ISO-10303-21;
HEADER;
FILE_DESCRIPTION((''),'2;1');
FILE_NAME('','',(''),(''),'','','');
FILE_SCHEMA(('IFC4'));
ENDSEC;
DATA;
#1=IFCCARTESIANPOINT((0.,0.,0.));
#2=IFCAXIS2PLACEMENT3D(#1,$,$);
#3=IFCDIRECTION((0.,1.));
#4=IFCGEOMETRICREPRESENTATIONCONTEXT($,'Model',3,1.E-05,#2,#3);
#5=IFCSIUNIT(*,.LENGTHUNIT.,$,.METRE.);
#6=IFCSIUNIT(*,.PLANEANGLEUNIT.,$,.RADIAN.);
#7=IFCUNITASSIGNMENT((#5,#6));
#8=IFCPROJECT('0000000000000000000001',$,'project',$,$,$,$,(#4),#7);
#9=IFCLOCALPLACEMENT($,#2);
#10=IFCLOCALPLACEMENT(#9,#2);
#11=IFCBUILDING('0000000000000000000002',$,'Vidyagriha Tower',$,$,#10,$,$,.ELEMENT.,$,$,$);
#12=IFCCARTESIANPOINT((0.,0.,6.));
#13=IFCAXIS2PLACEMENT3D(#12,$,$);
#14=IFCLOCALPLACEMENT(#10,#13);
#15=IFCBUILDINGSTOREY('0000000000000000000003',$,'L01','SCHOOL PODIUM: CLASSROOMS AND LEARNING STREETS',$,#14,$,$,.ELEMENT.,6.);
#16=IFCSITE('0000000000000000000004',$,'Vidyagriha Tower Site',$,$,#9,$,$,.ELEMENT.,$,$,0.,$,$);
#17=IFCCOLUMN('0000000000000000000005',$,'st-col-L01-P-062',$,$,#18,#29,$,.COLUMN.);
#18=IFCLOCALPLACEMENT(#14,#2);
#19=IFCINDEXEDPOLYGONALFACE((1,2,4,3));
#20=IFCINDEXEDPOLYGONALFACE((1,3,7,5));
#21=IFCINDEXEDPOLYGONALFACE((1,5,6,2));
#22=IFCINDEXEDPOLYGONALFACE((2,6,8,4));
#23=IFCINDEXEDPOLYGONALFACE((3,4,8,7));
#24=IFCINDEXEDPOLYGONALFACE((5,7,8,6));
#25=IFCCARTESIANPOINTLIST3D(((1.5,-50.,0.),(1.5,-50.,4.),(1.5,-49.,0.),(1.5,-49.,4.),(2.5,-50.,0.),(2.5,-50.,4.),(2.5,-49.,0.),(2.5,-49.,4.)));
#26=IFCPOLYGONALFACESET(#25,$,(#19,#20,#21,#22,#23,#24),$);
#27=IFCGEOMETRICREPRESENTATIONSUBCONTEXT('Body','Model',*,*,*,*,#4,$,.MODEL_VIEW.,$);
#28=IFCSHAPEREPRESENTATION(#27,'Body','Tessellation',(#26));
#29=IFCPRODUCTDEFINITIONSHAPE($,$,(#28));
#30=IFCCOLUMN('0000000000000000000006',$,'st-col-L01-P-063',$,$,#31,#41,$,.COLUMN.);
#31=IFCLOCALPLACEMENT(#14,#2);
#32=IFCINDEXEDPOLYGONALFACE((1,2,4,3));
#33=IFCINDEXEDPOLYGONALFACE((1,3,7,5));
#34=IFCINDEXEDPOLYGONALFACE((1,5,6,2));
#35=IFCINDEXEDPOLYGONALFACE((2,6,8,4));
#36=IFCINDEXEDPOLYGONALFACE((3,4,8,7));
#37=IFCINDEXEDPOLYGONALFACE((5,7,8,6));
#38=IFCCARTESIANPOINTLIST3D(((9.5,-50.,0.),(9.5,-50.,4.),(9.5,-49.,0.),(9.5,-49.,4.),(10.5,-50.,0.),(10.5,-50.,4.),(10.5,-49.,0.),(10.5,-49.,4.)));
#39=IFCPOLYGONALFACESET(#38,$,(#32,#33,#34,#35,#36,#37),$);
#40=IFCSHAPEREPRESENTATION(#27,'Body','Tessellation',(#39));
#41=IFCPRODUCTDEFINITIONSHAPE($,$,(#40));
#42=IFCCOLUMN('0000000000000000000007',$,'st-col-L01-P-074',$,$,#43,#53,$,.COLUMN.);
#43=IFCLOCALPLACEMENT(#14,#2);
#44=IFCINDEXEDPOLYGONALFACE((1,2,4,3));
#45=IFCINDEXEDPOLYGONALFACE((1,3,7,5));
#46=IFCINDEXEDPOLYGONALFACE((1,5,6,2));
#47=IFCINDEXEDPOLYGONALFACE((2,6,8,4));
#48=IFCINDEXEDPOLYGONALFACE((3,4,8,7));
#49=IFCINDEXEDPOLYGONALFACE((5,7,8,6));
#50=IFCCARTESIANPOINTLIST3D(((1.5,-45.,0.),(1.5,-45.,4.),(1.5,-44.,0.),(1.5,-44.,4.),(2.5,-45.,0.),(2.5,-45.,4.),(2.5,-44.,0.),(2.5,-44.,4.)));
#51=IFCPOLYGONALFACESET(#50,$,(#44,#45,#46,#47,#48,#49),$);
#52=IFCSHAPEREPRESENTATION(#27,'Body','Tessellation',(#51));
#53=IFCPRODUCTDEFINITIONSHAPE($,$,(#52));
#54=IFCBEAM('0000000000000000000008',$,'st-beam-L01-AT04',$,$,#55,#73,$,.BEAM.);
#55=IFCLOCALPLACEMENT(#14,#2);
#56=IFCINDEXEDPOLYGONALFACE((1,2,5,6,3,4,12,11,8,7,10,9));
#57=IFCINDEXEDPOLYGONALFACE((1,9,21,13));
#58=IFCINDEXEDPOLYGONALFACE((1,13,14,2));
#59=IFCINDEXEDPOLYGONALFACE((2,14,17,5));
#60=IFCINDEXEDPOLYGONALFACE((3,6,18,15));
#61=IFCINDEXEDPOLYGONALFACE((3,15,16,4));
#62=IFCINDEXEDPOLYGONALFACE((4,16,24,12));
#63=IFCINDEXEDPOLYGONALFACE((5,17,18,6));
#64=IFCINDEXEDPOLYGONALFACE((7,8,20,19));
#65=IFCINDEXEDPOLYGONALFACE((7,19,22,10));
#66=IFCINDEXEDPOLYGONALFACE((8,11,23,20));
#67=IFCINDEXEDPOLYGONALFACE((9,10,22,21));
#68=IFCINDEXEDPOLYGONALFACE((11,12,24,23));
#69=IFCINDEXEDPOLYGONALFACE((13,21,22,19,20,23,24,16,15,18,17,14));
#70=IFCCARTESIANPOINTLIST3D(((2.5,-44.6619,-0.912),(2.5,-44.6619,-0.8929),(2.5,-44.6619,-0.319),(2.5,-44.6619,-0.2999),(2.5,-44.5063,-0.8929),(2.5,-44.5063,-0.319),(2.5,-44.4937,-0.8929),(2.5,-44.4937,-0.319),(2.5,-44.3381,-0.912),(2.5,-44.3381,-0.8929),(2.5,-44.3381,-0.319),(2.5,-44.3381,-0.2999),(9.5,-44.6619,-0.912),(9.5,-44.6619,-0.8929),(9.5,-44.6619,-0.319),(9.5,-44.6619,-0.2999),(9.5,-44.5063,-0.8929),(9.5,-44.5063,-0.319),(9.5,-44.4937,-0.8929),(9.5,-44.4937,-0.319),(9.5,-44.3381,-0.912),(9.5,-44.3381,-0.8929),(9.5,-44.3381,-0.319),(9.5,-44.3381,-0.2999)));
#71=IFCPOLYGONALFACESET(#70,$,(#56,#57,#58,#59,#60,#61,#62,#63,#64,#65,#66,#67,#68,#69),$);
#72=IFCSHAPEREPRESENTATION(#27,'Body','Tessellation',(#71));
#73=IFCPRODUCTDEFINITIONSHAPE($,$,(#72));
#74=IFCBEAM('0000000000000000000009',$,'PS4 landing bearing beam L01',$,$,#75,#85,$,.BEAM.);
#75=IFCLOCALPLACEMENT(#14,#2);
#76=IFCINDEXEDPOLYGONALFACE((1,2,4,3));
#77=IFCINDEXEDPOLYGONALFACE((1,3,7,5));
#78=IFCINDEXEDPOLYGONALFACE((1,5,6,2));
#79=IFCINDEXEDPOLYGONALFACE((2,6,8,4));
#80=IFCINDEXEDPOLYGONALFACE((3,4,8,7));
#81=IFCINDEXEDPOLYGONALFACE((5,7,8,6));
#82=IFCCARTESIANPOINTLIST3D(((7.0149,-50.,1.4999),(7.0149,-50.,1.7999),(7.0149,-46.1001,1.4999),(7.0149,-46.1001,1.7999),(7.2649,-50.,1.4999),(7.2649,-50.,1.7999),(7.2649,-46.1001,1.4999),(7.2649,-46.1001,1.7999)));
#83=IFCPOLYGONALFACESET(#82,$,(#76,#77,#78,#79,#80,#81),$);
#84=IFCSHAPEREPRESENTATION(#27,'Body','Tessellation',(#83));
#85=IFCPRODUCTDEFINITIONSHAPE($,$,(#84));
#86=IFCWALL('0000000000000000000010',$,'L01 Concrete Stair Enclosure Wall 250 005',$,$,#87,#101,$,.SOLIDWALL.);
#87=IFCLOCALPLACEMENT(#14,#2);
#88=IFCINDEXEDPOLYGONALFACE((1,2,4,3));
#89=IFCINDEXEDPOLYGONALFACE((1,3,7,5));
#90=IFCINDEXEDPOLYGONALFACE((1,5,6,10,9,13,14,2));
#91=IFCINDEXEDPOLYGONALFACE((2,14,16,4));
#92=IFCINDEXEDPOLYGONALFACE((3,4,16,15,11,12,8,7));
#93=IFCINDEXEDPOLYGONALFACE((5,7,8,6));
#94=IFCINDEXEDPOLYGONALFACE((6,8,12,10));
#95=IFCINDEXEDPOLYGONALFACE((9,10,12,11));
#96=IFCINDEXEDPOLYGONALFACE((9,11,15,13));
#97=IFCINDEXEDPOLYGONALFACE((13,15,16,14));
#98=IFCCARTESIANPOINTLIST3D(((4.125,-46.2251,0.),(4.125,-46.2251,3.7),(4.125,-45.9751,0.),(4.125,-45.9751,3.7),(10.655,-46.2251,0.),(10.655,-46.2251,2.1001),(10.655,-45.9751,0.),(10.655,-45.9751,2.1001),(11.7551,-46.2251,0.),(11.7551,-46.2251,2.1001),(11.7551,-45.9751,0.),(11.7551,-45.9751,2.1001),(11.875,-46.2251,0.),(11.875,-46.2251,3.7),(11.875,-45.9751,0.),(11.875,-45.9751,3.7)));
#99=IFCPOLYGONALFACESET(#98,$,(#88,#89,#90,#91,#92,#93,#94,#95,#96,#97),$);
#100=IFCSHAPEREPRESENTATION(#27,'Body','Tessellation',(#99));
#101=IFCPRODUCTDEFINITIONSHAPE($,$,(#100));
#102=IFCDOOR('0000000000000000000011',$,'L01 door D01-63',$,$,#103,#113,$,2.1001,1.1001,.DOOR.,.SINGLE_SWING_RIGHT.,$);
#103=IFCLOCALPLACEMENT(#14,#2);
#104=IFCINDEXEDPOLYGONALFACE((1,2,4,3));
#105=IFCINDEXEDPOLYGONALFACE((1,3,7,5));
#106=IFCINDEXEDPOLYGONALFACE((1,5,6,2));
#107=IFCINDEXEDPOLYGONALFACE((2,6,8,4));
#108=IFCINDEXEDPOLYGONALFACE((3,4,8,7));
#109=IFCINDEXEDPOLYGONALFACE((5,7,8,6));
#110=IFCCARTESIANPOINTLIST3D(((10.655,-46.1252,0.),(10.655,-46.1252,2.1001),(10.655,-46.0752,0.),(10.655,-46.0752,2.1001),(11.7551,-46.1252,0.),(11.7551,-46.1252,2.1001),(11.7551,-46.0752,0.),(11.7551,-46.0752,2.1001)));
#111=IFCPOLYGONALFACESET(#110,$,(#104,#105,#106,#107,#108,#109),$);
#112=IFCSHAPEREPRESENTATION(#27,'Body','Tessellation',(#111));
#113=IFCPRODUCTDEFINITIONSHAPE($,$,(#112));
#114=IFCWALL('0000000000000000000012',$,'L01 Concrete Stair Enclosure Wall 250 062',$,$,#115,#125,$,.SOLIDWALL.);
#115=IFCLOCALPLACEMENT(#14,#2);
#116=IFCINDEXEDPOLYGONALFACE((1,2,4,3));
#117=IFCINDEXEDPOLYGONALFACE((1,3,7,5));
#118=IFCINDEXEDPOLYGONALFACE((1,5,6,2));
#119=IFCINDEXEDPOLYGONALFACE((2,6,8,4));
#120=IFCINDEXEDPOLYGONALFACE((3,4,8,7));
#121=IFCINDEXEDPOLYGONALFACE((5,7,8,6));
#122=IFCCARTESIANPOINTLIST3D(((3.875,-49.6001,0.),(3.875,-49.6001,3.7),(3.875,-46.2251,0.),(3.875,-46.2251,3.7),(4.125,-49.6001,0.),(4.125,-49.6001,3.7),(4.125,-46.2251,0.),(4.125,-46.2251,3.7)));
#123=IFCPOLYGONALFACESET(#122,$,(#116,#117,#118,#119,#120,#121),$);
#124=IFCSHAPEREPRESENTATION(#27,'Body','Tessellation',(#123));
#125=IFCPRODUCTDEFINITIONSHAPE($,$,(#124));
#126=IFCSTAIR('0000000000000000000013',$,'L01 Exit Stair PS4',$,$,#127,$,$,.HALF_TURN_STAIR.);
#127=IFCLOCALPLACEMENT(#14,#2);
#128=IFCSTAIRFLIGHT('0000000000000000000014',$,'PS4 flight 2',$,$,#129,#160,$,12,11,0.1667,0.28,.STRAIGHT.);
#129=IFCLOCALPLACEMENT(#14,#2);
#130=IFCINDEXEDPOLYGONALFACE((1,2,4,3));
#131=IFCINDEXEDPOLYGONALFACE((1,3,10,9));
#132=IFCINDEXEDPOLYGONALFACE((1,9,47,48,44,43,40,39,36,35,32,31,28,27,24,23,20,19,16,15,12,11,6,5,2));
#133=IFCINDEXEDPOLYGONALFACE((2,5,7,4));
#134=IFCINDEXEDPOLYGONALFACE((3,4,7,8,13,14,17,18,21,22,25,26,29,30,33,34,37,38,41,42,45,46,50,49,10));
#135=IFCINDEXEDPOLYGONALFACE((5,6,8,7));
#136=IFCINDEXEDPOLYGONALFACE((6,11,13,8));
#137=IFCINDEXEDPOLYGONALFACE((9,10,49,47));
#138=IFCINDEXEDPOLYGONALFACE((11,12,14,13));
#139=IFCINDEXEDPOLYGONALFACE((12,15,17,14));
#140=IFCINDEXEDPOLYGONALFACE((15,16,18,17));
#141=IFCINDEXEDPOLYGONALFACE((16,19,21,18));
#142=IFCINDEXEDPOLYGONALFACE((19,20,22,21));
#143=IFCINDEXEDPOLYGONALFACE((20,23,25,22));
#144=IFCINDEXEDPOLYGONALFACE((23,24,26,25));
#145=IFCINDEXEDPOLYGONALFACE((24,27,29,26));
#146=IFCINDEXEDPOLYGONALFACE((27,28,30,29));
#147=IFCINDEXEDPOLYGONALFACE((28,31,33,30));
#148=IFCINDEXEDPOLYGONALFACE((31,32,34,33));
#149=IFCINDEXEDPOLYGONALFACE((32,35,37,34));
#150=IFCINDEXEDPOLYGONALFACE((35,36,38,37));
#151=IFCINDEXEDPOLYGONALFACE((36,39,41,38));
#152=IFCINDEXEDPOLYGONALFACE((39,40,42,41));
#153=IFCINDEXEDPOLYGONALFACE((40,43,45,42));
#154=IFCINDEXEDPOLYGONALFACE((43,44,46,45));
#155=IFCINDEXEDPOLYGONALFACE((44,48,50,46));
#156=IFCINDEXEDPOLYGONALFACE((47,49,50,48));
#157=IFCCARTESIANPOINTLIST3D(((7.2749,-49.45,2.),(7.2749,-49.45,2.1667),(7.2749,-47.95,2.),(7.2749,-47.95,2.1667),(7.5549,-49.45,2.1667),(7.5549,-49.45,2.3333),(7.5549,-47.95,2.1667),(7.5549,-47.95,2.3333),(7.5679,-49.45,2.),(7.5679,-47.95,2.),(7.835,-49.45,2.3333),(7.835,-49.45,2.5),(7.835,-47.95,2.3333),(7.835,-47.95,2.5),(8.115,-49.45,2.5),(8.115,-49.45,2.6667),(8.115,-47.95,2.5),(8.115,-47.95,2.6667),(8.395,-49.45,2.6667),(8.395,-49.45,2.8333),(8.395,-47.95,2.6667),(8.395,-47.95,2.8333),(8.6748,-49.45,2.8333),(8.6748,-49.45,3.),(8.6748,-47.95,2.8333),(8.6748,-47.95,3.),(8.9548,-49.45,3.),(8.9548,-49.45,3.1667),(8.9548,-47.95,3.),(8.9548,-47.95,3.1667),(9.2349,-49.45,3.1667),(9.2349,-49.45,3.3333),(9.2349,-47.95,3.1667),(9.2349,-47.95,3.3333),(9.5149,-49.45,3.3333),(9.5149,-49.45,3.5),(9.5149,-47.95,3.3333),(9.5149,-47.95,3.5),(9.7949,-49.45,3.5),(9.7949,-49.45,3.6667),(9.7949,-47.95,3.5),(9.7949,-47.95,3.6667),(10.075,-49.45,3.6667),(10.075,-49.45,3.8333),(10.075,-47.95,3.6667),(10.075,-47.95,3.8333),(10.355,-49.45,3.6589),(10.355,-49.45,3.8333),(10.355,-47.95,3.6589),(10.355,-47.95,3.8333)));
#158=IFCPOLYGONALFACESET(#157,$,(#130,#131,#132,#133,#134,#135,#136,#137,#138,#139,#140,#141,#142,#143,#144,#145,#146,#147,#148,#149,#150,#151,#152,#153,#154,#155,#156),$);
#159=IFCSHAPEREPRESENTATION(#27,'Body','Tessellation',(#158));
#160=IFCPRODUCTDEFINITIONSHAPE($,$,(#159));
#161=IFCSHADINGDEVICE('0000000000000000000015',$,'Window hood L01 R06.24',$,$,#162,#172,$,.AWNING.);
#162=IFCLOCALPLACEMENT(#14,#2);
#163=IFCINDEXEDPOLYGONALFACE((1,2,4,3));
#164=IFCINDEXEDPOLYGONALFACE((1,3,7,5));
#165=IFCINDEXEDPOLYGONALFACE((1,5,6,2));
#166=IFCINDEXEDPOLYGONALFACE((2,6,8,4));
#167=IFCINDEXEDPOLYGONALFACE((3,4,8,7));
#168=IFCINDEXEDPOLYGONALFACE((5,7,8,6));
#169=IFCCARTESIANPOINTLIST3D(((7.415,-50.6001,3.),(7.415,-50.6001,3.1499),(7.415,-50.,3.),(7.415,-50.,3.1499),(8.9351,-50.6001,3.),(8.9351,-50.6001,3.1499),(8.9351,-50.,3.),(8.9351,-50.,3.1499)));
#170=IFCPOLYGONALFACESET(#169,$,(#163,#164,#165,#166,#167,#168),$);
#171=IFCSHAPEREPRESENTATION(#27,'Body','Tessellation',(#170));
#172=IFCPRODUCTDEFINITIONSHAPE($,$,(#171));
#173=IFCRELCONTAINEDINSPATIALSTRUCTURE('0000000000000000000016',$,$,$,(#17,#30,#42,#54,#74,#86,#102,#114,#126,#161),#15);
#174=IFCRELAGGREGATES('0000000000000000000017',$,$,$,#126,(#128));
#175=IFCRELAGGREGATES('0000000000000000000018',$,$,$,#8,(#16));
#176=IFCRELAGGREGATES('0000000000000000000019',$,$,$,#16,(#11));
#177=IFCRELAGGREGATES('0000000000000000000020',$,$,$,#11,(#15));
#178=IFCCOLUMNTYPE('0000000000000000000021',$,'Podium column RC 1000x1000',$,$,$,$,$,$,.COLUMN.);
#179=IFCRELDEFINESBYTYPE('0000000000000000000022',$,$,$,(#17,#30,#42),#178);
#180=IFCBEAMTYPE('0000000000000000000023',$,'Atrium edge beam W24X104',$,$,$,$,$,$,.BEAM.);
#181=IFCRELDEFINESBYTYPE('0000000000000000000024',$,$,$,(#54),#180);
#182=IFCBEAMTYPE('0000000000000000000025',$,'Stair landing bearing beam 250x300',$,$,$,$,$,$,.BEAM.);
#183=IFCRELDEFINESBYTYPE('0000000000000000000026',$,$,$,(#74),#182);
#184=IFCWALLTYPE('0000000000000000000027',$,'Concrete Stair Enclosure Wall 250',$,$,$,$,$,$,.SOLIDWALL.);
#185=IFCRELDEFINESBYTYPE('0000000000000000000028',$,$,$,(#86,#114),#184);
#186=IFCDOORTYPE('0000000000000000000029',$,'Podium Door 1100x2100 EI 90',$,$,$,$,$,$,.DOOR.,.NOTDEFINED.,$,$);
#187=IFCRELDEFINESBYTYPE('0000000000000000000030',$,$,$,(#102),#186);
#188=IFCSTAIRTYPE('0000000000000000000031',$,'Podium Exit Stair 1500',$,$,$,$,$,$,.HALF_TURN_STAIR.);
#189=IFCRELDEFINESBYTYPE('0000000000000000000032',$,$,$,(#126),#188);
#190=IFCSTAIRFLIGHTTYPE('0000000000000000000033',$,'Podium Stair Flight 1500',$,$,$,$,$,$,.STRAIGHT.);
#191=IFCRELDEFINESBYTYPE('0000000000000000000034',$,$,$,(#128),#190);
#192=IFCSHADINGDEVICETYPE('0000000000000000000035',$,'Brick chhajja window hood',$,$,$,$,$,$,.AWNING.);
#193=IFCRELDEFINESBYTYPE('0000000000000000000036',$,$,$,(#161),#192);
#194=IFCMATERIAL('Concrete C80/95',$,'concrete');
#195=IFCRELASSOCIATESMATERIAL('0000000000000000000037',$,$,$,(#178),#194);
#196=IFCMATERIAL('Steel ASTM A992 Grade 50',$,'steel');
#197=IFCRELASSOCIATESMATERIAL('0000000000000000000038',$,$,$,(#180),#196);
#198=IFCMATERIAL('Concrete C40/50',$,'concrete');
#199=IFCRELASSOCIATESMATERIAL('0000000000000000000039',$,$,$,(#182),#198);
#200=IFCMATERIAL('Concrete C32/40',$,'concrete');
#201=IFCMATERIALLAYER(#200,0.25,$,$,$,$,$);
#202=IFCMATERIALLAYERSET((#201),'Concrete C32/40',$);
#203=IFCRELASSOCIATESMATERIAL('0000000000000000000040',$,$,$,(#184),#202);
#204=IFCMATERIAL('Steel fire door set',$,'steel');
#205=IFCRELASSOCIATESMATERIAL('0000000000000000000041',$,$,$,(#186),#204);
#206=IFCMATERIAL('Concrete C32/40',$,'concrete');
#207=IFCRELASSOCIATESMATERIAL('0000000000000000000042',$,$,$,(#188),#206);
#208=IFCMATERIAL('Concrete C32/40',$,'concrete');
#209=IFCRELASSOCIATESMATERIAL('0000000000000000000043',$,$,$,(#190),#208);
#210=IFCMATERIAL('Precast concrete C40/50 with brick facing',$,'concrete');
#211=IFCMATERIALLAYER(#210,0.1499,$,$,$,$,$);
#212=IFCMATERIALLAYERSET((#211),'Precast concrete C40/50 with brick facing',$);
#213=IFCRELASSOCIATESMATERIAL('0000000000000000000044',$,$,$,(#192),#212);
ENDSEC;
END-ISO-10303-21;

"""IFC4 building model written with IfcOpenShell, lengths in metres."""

from ifc_helpers import new_model, si_unit, direction, frame, frame_2d, origin, origin_2d, place, context, subcontext, project, spatial, polyline, rectangle, i_section, outline, extrude, material, layer, layer_set, material_profile, profile_set, type_object, element, fill, aggregate, save


model = new_model("IFC4")

# Units and contexts
model_context = context("Model", 3, precision=1e-05, world=origin(), true_north=direction((0.0, 1.0)))
body_context = subcontext(model_context, "Body", "Model", "MODEL_VIEW")
ifc_project = project(units=[si_unit("LENGTHUNIT", "METRE"), si_unit("PLANEANGLEUNIT", "RADIAN")], contexts=[model_context])

# Site, building, storey
site_placement = place(None, origin())
site = spatial("IfcSite", under=ifc_project, at=site_placement, Name="Vidyagriha Tower Site", CompositionType="ELEMENT", RefElevation=0.0)
building_placement = place(site_placement, origin())
building = spatial("IfcBuilding", under=site, at=building_placement, Name="Vidyagriha Tower", CompositionType="ELEMENT")
storey_placement = place(building_placement, frame((0.0, 0.0, 6.0)))
storey = spatial("IfcBuildingStorey", under=building, at=storey_placement, Name="L01", Description="SCHOOL PODIUM: CLASSROOMS AND LEARNING STREETS", CompositionType="ELEMENT", Elevation=6.0)

# Columns
ifc_material_1 = material(Name="Concrete C80/95", Category="concrete")
ifc_material_profile_1 = material_profile(ifc_material_1, rectangle(XDim=1.0, YDim=1.0, at=origin_2d()), Name="RC 1000x1000")
ifc_profile_set_1 = profile_set([ifc_material_profile_1], Name="Concrete C80/95")
column_type = type_object("IfcColumnType", Name="Podium column RC 1000x1000", PredefinedType="COLUMN", material=ifc_profile_set_1)
for number, where, name in (
    (1, (2.0, -49.5, 0.0), "st-col-L01-P-062"),
    (2, (10.0, -49.5, 0.0), "st-col-L01-P-063"),
    (3, (2.0, -44.5, 0.0), "st-col-L01-P-074"),
):
    element("IfcColumn", number, at=place(storey_placement, frame(where)), inside=storey, type_object=column_type, Name=name, PredefinedType="COLUMN", context=body_context, shape_type="SweptSolid", body=[
        extrude(rectangle(XDim=1.0, YDim=1.0, at=origin_2d()), origin(), (0.0, 0.0, 1.0), 4.0),
    ])

# Beams
ifc_material_2 = material(Name="Steel ASTM A992 Grade 50", Category="steel")
ifc_material_profile_2 = material_profile(ifc_material_2, i_section(OverallWidth=0.3237, OverallDepth=0.6121, WebThickness=0.0127, FlangeThickness=0.019, at=origin_2d()), Name="W24X104")
ifc_profile_set_2 = profile_set([ifc_material_profile_2], Name="Steel ASTM A992 Grade 50")
beam_type_1 = type_object("IfcBeamType", Name="Atrium edge beam W24X104", PredefinedType="BEAM", material=ifc_profile_set_2)
beam_1_placement = place(storey_placement, frame((2.5, -44.5, -0.606), z_axis=(1.0, 0.0, 0.0), x_axis=(0.0, 1.0, 0.0)))
element("IfcBeam", 4, at=beam_1_placement, inside=storey, type_object=beam_type_1, Name="st-beam-L01-AT04", PredefinedType="BEAM", context=body_context, shape_type="SweptSolid", body=[
    extrude(i_section(OverallWidth=0.3237, OverallDepth=0.6121, WebThickness=0.0127, FlangeThickness=0.019, at=origin_2d()), origin(), (0.0, 0.0, 1.0), 7.0),
])
ifc_material_3 = material(Name="Concrete C40/50", Category="concrete")
ifc_material_profile_3 = material_profile(ifc_material_3, rectangle(XDim=0.25, YDim=0.3, at=origin_2d()), Name="Stair landing bearing beam 250x300")
ifc_profile_set_3 = profile_set([ifc_material_profile_3], Name="Concrete C40/50")
beam_type_2 = type_object("IfcBeamType", Name="Stair landing bearing beam 250x300", PredefinedType="BEAM", material=ifc_profile_set_3)
beam_2_placement = place(storey_placement, frame((7.1399, -50.0, 1.6499), z_axis=(0.0, 1.0, 0.0), x_axis=(-1.0, 0.0, 0.0)))
element("IfcBeam", 5, at=beam_2_placement, inside=storey, type_object=beam_type_2, Name="PS4 landing bearing beam L01", PredefinedType="BEAM", context=body_context, shape_type="SweptSolid", body=[
    extrude(rectangle(XDim=0.25, YDim=0.3, at=origin_2d()), origin(), (0.0, 0.0, 1.0), 3.8999),
])

# Wall, opening, door
ifc_material_4 = material(Name="Concrete C32/40", Category="concrete")
ifc_layer_1 = layer(ifc_material_4, 0.25)
ifc_layer_set_1 = layer_set([ifc_layer_1], Name="Concrete C32/40")
wall_type = type_object("IfcWallType", Name="Concrete Stair Enclosure Wall 250", PredefinedType="SOLIDWALL", material=ifc_layer_set_1)
wall_1_placement = place(storey_placement, frame((4.125, -46.1001, 0.0)))
wall_1 = element("IfcWall", 6, at=wall_1_placement, inside=storey, type_object=wall_type, Name="L01 Concrete Stair Enclosure Wall 250 005", PredefinedType="SOLIDWALL", context=body_context, shape_type="SweptSolid", body=[
    extrude(rectangle(XDim=7.75, YDim=0.25, at=frame_2d((3.875, 0.0))), origin(), (0.0, 0.0, 1.0), 3.7),
])
opening_placement = place(wall_1_placement, frame((6.53, 0.0, 0.0)))
opening = element("IfcOpeningElement", 7, at=opening_placement, cuts=wall_1, PredefinedType="OPENING", context=body_context, shape_type="SweptSolid", body=[
    extrude(rectangle(XDim=1.1001, YDim=2.1001, at=frame_2d((0.55, 1.05))), frame((0.0, 0.135, 0.0), z_axis=(0.0, -1.0, 0.0), x_axis=(1.0, 0.0, 0.0)), (0.0, 0.0, 1.0), 0.27),
])
ifc_material_5 = material(Name="Steel fire door set", Category="steel")
door_type = type_object("IfcDoorType", Name="Podium Door 1100x2100 EI 90", OperationType="NOTDEFINED", PredefinedType="DOOR", material=ifc_material_5)
door_placement = place(opening_placement, origin())
door = element("IfcDoor", 8, at=door_placement, inside=storey, type_object=door_type, Name="L01 door D01-63", OperationType="SINGLE_SWING_RIGHT", OverallHeight=2.1001, OverallWidth=1.1001, PredefinedType="DOOR", context=body_context, shape_type="SweptSolid", body=[
    extrude(rectangle(XDim=1.1001, YDim=2.1001, at=frame_2d((0.55, 1.05))), frame((0.0, 0.0249, 0.0), z_axis=(0.0, -1.0, 0.0), x_axis=(1.0, 0.0, 0.0)), (0.0, 0.0, 1.0), 0.05),
])
fill(opening, door)

# Wall
wall_2_placement = place(storey_placement, frame((4.0, -49.6001, 0.0), z_axis=(0.0, 0.0, 1.0), x_axis=(0.0, 1.0, 0.0)))
element("IfcWall", 9, at=wall_2_placement, inside=storey, type_object=wall_type, Name="L01 Concrete Stair Enclosure Wall 250 062", PredefinedType="SOLIDWALL", context=body_context, shape_type="SweptSolid", body=[
    extrude(rectangle(XDim=3.375, YDim=0.25, at=frame_2d((1.6875, 0.0))), origin(), (0.0, 0.0, 1.0), 3.7),
])

# Stair, stair flight
ifc_material_6 = material(Name="Concrete C32/40", Category="concrete")
stair_type = type_object("IfcStairType", Name="Podium Exit Stair 1500", PredefinedType="HALF_TURN_STAIR", material=ifc_material_6)
stair_placement = place(storey_placement, origin())
stair = element("IfcStair", 10, at=stair_placement, inside=storey, type_object=stair_type, Name="L01 Exit Stair PS4", PredefinedType="HALF_TURN_STAIR")
ifc_material_7 = material(Name="Concrete C32/40", Category="concrete")
stair_flight_type = type_object("IfcStairFlightType", Name="Podium Stair Flight 1500", PredefinedType="STRAIGHT", material=ifc_material_7)
stair_flight_placement = place(storey_placement, frame((7.2749, -48.7, 2.0)))
stair_flight = element("IfcStairFlight", 11, at=stair_flight_placement, type_object=stair_flight_type, Name="PS4 flight 2", NumberOfRisers=12, NumberOfTreads=11, PredefinedType="STRAIGHT", RiserHeight=0.1667, TreadLength=0.28, context=body_context, shape_type="SweptSolid", body=[
    extrude(outline(polyline([(0.0, 0.0), (0.0, 0.1667), (0.28, 0.1667), (0.28, 0.3333), (0.5601, 0.3333), (0.5601, 0.5), (0.8401, 0.5), (0.8401, 0.6667), (1.1201, 0.6667), (1.1201, 0.8333), (1.3999, 0.8333), (1.3999, 1.0), (1.6799, 1.0), (1.6799, 1.1667), (1.96, 1.1667), (1.96, 1.3333), (2.24, 1.3333), (2.24, 1.5), (2.52, 1.5), (2.52, 1.6667), (2.8, 1.6667), (2.8, 1.8333), (3.0801, 1.8333), (3.0801, 2.0), (3.0801, 1.6589), (0.293, 0.0), (0.0, 0.0)])), frame((0.0, 0.75, 0.0), z_axis=(0.0, -1.0, 0.0), x_axis=(1.0, 0.0, 0.0)), (0.0, 0.0, 1.0), 1.5),
])
aggregate(stair, [stair_flight])

# Shading device
ifc_material_8 = material(Name="Precast concrete C40/50 with brick facing", Category="concrete")
ifc_layer_2 = layer(ifc_material_8, 0.1499)
ifc_layer_set_2 = layer_set([ifc_layer_2], Name="Precast concrete C40/50 with brick facing")
shading_device_type_1 = type_object("IfcShadingDeviceType", Name="Brick chhajja window hood", PredefinedType="AWNING", material=ifc_layer_set_2)
shading_device_1_placement = place(storey_placement, frame((8.175, -50.3, 3.0)))
element("IfcShadingDevice", 12, at=shading_device_1_placement, inside=storey, type_object=shading_device_type_1, Name="Window hood L01 R06.24", PredefinedType="AWNING", context=body_context, shape_type="SweptSolid", body=[
    extrude(rectangle(XDim=1.52, YDim=0.6001, at=origin_2d()), origin(), (0.0, 0.0, 1.0), 0.1499),
])

save(model, "model.ifc")
